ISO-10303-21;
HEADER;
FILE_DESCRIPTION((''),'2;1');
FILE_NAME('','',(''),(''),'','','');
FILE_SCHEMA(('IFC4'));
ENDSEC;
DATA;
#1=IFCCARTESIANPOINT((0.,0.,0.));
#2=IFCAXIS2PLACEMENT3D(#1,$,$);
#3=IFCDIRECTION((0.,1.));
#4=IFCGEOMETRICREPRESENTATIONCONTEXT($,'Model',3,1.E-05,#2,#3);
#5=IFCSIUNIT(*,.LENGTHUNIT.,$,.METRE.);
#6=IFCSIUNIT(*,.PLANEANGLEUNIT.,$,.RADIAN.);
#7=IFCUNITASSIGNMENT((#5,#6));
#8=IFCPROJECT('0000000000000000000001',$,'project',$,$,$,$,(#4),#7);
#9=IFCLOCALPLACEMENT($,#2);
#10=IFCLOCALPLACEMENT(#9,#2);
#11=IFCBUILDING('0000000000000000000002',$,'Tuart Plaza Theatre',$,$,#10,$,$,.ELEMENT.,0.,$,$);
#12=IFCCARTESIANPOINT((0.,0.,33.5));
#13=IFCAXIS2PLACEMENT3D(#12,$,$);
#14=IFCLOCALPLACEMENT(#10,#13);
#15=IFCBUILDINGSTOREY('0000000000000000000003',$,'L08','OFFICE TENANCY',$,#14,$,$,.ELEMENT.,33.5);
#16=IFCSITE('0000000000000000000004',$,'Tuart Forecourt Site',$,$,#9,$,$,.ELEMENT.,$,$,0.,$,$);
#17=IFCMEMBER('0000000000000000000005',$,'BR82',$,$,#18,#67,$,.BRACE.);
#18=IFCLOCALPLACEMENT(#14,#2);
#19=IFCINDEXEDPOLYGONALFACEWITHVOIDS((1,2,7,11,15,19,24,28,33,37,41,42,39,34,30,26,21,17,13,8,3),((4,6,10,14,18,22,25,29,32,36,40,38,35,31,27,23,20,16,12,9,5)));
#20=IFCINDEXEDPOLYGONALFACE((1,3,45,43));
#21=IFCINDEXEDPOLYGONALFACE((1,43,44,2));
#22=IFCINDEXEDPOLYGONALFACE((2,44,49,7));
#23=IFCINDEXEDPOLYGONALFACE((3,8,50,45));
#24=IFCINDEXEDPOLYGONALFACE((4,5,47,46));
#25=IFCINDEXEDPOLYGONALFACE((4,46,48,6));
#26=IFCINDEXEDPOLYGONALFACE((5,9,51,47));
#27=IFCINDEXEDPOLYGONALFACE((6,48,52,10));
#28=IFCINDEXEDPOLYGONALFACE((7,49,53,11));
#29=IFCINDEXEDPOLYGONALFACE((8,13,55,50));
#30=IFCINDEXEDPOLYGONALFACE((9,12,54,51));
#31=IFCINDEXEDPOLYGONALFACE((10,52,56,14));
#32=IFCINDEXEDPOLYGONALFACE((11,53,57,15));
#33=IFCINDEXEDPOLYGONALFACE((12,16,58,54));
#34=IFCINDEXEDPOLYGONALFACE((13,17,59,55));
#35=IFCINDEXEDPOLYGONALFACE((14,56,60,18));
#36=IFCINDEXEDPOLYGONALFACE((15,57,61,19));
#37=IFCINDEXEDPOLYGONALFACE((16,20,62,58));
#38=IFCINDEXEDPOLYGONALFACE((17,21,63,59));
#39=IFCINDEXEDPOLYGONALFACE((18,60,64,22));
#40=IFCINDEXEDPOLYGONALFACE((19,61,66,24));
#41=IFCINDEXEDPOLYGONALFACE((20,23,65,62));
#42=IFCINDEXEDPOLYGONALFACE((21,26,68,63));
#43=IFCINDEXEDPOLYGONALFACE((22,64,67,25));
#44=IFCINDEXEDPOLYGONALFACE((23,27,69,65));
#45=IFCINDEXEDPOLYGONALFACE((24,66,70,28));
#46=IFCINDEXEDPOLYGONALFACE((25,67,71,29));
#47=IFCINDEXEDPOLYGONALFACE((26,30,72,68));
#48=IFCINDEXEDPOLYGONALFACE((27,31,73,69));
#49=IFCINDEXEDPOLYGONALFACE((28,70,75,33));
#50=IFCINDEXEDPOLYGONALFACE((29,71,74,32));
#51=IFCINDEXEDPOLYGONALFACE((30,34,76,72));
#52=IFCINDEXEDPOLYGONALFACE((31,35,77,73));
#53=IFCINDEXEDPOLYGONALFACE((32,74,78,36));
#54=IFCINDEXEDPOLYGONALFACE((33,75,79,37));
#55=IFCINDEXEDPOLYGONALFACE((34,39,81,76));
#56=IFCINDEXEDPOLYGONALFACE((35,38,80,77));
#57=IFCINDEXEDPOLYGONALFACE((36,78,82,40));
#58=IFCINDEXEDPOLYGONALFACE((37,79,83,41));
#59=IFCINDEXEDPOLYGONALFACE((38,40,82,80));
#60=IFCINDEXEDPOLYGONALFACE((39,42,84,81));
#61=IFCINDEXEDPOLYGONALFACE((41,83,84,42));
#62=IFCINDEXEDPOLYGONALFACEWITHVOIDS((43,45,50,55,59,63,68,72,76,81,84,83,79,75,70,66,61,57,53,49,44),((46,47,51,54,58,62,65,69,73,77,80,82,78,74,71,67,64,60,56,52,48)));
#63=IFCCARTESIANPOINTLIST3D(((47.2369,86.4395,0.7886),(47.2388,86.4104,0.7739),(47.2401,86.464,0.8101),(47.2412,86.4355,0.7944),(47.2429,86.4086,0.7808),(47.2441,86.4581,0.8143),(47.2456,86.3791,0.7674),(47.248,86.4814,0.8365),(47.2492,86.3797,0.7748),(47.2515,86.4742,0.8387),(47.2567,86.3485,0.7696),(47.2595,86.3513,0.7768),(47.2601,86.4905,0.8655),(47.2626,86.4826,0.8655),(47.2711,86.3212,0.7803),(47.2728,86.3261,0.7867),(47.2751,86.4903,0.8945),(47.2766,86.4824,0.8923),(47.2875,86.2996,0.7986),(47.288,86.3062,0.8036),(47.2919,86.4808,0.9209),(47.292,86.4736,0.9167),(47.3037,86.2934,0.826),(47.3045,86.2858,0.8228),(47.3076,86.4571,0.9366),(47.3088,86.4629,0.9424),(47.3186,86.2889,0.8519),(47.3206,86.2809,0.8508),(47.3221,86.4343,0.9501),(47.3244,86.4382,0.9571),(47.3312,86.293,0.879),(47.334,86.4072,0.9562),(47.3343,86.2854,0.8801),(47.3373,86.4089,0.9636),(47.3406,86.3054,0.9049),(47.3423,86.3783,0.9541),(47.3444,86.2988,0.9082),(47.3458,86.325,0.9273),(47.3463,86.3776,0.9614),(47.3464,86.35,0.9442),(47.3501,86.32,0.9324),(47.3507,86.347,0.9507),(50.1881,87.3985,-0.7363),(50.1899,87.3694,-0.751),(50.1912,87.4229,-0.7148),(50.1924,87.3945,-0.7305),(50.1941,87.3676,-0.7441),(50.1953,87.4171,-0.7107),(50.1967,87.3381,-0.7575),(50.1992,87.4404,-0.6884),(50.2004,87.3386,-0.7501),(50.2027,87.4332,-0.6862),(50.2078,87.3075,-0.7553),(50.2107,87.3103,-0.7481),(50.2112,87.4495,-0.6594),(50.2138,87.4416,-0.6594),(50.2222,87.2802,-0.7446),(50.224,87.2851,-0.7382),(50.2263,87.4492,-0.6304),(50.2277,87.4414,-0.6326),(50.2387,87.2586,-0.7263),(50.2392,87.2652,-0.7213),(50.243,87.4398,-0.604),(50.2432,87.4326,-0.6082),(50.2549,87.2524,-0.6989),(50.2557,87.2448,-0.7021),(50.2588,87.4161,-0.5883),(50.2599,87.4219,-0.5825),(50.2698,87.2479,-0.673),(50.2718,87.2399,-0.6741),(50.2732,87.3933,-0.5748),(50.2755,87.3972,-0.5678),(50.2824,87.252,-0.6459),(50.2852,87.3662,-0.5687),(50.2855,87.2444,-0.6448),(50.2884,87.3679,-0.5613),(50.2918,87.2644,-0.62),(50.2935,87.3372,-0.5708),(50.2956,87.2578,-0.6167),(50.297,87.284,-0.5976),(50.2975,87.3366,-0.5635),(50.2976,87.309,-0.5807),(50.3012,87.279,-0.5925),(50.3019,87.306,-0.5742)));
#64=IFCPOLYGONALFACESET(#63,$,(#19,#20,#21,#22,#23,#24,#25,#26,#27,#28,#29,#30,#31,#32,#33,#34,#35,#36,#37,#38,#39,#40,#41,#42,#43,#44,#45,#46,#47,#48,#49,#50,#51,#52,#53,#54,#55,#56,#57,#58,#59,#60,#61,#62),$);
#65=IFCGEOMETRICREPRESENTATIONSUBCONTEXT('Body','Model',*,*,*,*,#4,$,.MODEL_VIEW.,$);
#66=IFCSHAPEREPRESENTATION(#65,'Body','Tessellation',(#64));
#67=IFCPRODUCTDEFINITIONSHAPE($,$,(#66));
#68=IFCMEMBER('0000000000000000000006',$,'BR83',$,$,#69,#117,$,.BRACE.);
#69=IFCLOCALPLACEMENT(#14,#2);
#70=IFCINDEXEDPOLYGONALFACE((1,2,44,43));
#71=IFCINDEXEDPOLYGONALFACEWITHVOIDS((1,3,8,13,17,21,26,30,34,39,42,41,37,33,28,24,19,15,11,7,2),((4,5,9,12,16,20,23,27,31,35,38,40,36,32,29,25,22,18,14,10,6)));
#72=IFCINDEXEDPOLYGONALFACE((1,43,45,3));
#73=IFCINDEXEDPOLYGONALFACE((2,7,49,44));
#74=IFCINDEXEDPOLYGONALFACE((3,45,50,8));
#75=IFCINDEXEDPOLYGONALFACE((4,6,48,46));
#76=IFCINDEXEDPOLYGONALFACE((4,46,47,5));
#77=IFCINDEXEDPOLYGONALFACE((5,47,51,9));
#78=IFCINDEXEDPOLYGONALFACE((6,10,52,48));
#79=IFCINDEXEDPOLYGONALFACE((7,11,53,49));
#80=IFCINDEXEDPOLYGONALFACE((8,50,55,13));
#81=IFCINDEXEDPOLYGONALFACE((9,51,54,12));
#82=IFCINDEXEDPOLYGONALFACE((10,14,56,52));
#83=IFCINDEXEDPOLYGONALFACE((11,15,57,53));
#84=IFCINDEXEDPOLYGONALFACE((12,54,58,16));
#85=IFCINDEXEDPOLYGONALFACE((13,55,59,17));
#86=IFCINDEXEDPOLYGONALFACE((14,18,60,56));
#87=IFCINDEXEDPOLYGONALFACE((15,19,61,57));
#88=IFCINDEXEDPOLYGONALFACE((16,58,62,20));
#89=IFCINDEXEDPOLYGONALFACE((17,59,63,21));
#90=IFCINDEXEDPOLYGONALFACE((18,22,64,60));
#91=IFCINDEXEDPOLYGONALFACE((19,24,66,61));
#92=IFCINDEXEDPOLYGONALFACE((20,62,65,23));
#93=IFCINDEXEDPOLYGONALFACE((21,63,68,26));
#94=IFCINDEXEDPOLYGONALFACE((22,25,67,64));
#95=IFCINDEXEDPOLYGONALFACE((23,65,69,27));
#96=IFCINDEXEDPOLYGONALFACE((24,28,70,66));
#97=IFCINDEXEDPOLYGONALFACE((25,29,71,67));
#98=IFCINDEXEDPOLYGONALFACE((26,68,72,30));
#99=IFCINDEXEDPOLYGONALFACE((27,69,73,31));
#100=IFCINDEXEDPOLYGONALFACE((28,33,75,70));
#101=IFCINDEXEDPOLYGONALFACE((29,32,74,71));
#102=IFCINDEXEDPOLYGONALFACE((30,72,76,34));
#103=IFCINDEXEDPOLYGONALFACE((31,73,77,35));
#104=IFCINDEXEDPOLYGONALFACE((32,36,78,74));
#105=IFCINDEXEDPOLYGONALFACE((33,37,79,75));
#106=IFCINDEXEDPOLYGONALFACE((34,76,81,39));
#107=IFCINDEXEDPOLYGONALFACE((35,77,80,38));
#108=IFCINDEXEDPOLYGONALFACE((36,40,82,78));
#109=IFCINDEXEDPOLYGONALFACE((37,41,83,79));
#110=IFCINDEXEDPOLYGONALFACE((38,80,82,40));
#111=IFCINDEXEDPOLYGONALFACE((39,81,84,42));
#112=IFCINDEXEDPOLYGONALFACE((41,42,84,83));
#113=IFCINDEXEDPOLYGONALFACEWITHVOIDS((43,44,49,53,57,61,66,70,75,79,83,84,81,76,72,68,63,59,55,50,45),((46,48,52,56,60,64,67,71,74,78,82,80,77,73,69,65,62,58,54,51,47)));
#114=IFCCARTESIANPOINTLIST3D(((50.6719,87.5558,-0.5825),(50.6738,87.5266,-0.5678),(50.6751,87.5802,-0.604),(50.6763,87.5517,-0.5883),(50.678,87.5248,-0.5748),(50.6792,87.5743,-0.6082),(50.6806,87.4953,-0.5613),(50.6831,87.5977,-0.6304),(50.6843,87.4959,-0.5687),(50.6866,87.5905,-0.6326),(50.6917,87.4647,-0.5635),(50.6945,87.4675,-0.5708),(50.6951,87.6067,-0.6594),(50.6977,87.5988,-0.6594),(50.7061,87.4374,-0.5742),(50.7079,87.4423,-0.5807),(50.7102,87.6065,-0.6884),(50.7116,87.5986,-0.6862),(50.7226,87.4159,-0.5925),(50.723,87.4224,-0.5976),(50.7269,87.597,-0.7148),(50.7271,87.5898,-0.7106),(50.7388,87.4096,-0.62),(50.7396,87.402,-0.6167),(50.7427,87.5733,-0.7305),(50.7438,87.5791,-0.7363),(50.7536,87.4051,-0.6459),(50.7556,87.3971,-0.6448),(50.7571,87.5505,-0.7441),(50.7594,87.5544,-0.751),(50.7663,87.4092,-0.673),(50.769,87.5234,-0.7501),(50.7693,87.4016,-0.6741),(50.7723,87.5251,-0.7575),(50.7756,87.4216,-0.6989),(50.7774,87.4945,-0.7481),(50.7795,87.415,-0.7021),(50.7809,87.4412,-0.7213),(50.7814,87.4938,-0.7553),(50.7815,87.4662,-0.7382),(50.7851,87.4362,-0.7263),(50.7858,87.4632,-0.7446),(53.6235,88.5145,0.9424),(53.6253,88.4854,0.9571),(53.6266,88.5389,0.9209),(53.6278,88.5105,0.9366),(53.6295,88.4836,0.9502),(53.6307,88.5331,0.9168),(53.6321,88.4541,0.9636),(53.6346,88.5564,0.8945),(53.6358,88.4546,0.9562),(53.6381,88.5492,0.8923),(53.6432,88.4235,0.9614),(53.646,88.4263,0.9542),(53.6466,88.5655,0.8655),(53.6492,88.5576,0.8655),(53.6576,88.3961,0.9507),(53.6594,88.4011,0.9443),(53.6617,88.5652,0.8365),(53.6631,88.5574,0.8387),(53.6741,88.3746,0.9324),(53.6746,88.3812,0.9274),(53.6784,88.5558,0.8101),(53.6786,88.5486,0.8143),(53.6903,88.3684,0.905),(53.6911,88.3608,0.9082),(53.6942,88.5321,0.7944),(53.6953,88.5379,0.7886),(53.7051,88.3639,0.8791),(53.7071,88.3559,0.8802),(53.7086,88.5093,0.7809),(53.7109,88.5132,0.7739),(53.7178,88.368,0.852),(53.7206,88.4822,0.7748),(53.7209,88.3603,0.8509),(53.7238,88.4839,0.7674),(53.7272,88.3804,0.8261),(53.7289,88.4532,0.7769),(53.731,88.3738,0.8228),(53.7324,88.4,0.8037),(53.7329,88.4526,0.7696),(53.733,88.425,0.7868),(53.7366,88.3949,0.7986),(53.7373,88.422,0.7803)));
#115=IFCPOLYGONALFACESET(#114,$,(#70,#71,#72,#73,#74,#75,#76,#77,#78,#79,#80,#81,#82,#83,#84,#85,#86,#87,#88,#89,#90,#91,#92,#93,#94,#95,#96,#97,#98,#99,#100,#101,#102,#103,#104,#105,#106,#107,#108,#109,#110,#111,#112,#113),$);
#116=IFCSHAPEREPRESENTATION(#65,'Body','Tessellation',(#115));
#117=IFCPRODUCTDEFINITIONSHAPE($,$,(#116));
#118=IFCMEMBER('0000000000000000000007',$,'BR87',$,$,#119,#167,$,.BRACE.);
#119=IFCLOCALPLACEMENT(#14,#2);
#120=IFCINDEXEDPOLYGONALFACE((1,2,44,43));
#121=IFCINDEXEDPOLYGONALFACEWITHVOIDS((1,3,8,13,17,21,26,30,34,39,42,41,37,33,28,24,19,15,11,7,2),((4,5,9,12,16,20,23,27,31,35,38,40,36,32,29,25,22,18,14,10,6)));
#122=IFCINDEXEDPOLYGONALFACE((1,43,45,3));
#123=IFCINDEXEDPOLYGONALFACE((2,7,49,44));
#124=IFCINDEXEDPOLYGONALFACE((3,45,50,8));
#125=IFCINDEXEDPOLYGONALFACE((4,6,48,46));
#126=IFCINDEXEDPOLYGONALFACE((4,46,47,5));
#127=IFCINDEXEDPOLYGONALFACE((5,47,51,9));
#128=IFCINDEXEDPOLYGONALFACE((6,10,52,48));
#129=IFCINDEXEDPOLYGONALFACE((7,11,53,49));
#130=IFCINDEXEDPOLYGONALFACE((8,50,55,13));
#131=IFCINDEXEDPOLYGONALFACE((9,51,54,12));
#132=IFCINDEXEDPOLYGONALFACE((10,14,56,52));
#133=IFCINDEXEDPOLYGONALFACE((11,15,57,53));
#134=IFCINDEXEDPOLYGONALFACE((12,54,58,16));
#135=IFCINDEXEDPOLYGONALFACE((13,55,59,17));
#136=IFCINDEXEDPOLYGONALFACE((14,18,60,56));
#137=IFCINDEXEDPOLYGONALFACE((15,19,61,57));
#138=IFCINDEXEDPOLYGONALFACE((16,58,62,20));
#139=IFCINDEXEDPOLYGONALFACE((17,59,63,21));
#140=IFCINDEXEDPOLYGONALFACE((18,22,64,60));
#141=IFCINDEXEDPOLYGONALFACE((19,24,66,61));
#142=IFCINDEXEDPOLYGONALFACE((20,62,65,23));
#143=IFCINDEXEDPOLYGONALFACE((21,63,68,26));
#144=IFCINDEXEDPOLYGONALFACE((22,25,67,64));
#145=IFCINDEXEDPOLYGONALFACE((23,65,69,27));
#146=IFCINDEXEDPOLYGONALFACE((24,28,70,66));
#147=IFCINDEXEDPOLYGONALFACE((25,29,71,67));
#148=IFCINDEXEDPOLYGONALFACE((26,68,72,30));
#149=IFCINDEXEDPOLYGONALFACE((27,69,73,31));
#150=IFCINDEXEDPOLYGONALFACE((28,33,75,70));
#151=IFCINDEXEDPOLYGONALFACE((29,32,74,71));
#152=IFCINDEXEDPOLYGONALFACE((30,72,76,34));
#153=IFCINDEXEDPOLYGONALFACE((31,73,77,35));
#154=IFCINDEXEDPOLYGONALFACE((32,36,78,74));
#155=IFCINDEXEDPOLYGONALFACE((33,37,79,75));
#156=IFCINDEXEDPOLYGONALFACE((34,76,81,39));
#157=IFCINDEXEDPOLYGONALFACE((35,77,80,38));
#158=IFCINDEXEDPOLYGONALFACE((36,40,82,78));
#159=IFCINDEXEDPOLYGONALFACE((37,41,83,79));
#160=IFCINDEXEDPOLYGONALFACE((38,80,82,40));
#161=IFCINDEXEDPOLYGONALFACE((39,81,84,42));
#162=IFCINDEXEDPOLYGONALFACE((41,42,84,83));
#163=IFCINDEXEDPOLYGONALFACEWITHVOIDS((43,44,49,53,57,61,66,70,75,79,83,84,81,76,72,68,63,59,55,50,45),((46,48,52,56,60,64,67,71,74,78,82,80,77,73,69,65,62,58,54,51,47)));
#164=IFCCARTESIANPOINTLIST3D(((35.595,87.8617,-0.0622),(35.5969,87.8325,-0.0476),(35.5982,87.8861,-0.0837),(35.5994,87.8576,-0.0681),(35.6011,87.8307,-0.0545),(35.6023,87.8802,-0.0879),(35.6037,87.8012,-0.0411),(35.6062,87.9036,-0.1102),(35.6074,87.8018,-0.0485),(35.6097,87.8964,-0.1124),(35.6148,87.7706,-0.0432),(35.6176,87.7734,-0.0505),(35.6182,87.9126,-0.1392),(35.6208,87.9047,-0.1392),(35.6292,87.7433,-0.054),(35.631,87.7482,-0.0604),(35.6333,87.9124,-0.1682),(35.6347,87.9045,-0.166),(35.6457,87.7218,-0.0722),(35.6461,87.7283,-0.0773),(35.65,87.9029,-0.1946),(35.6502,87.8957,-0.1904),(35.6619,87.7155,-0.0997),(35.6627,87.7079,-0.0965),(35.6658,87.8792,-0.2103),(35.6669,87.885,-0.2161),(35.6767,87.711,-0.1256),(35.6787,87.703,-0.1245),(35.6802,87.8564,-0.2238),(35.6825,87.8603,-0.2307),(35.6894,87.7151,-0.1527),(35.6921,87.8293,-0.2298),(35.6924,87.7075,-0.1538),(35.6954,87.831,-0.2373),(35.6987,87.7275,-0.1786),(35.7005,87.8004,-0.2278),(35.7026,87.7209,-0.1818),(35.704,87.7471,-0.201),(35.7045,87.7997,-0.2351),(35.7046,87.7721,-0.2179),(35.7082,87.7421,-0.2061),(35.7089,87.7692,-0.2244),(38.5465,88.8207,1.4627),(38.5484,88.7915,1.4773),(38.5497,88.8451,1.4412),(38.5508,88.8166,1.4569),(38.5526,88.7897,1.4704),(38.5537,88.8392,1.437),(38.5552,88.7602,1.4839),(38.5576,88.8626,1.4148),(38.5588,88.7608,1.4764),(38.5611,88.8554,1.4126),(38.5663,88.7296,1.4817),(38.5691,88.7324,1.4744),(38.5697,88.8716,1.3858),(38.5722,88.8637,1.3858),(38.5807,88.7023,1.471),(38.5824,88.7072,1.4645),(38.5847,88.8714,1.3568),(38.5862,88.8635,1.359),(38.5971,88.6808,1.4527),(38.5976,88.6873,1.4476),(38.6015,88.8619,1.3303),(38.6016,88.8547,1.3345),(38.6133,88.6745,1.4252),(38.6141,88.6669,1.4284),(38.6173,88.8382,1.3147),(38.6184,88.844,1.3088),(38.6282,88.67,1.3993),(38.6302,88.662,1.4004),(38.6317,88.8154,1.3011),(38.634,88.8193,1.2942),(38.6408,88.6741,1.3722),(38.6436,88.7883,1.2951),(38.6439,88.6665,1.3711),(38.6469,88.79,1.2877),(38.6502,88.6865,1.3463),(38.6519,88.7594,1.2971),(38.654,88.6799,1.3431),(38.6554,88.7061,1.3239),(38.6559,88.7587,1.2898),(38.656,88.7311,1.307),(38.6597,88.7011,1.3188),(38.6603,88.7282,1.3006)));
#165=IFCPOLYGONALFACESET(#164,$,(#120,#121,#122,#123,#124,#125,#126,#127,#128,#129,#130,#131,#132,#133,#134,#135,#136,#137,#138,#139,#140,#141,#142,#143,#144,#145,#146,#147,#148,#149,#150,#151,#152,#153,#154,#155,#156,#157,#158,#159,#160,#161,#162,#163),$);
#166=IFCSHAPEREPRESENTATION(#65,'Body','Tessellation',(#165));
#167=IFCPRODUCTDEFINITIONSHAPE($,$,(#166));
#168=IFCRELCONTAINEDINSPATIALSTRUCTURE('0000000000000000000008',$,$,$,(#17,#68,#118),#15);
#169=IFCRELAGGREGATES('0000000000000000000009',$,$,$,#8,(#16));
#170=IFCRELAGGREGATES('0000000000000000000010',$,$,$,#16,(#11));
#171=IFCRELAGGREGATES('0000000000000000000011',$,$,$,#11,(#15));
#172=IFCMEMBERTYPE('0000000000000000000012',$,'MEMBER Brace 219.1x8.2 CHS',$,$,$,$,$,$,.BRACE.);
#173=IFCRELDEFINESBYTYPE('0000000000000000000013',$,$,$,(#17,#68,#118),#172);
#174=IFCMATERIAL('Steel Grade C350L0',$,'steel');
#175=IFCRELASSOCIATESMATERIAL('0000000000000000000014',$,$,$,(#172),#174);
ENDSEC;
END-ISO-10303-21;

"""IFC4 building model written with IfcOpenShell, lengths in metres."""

from ifc_helpers import new_model, si_unit, direction, frame, origin, origin_2d, place, context, subcontext, project, spatial, hollow_circle, extrude, material, material_profile, profile_set, type_object, element, save


model = new_model("IFC4")

# Units and contexts
model_context = context("Model", 3, precision=1e-05, world=origin(), true_north=direction((0.0, 1.0)))
body_context = subcontext(model_context, "Body", "Model", "MODEL_VIEW")
ifc_project = project(units=[si_unit("LENGTHUNIT", "METRE"), si_unit("PLANEANGLEUNIT", "RADIAN")], contexts=[model_context])

# Site, building, storey
site_placement = place(None, origin())
site = spatial("IfcSite", under=ifc_project, at=site_placement, Name="Tuart Forecourt Site", CompositionType="ELEMENT", RefElevation=0.0)
building_placement = place(site_placement, origin())
building = spatial("IfcBuilding", under=site, at=building_placement, Name="Tuart Plaza Theatre", CompositionType="ELEMENT", ElevationOfRefHeight=0.0)
storey_placement = place(building_placement, frame((0.0, 0.0, 33.5)))
storey = spatial("IfcBuildingStorey", under=building, at=storey_placement, Name="L08", Description="OFFICE TENANCY", CompositionType="ELEMENT", Elevation=33.5)

# Members
ifc_material_1 = material(Name="Steel Grade C350L0", Category="steel")
ifc_material_profile_1 = material_profile(ifc_material_1, hollow_circle(Radius=0.1096, WallThickness=0.0083, at=origin_2d()), Name="219.1x8.2 CHS")
ifc_profile_set_1 = profile_set([ifc_material_profile_1], Name="Steel Grade C350L0")
member_type_1 = type_object("IfcMemberType", Name="MEMBER Brace 219.1x8.2 CHS", PredefinedType="BRACE", material=ifc_profile_set_1)
member_1_placement = place(storey_placement, frame((47.2939, 86.3862, 0.8655), z_axis=(0.853553, 0.277363, -0.44104), x_axis=(-0.309043, 0.951048, 0.0)))
element("IfcMember", 1, at=member_1_placement, inside=storey, type_object=member_type_1, Name="BR82", PredefinedType="BRACE", context=body_context, shape_type="SweptSolid", body=[
    extrude(hollow_circle(Radius=0.1096, WallThickness=0.0083, at=origin_2d()), origin(), (0.0, 0.0, 1.0), 3.4575),
])
for number, where, z_axis, x_axis, name in (
    (2, (50.729, 87.5024, -0.6594), (0.853589, 0.277281, 0.441022), (-0.308949, 0.951079, 0.0), "BR83"),
    (3, (35.6521, 87.8083, -0.1392), (0.853573, 0.277346, 0.441014), (-0.30902, 0.951055, 0.0), "BR87"),
):
    element("IfcMember", number, at=place(storey_placement, frame(where, z_axis=z_axis, x_axis=x_axis)), inside=storey, type_object=member_type_1, Name=name, PredefinedType="BRACE", context=body_context, shape_type="SweptSolid", body=[
        extrude(hollow_circle(Radius=0.1096, WallThickness=0.0083, at=origin_2d()), origin(), (0.0, 0.0, 1.0), 3.4578),
    ])

save(model, "model.ifc")
